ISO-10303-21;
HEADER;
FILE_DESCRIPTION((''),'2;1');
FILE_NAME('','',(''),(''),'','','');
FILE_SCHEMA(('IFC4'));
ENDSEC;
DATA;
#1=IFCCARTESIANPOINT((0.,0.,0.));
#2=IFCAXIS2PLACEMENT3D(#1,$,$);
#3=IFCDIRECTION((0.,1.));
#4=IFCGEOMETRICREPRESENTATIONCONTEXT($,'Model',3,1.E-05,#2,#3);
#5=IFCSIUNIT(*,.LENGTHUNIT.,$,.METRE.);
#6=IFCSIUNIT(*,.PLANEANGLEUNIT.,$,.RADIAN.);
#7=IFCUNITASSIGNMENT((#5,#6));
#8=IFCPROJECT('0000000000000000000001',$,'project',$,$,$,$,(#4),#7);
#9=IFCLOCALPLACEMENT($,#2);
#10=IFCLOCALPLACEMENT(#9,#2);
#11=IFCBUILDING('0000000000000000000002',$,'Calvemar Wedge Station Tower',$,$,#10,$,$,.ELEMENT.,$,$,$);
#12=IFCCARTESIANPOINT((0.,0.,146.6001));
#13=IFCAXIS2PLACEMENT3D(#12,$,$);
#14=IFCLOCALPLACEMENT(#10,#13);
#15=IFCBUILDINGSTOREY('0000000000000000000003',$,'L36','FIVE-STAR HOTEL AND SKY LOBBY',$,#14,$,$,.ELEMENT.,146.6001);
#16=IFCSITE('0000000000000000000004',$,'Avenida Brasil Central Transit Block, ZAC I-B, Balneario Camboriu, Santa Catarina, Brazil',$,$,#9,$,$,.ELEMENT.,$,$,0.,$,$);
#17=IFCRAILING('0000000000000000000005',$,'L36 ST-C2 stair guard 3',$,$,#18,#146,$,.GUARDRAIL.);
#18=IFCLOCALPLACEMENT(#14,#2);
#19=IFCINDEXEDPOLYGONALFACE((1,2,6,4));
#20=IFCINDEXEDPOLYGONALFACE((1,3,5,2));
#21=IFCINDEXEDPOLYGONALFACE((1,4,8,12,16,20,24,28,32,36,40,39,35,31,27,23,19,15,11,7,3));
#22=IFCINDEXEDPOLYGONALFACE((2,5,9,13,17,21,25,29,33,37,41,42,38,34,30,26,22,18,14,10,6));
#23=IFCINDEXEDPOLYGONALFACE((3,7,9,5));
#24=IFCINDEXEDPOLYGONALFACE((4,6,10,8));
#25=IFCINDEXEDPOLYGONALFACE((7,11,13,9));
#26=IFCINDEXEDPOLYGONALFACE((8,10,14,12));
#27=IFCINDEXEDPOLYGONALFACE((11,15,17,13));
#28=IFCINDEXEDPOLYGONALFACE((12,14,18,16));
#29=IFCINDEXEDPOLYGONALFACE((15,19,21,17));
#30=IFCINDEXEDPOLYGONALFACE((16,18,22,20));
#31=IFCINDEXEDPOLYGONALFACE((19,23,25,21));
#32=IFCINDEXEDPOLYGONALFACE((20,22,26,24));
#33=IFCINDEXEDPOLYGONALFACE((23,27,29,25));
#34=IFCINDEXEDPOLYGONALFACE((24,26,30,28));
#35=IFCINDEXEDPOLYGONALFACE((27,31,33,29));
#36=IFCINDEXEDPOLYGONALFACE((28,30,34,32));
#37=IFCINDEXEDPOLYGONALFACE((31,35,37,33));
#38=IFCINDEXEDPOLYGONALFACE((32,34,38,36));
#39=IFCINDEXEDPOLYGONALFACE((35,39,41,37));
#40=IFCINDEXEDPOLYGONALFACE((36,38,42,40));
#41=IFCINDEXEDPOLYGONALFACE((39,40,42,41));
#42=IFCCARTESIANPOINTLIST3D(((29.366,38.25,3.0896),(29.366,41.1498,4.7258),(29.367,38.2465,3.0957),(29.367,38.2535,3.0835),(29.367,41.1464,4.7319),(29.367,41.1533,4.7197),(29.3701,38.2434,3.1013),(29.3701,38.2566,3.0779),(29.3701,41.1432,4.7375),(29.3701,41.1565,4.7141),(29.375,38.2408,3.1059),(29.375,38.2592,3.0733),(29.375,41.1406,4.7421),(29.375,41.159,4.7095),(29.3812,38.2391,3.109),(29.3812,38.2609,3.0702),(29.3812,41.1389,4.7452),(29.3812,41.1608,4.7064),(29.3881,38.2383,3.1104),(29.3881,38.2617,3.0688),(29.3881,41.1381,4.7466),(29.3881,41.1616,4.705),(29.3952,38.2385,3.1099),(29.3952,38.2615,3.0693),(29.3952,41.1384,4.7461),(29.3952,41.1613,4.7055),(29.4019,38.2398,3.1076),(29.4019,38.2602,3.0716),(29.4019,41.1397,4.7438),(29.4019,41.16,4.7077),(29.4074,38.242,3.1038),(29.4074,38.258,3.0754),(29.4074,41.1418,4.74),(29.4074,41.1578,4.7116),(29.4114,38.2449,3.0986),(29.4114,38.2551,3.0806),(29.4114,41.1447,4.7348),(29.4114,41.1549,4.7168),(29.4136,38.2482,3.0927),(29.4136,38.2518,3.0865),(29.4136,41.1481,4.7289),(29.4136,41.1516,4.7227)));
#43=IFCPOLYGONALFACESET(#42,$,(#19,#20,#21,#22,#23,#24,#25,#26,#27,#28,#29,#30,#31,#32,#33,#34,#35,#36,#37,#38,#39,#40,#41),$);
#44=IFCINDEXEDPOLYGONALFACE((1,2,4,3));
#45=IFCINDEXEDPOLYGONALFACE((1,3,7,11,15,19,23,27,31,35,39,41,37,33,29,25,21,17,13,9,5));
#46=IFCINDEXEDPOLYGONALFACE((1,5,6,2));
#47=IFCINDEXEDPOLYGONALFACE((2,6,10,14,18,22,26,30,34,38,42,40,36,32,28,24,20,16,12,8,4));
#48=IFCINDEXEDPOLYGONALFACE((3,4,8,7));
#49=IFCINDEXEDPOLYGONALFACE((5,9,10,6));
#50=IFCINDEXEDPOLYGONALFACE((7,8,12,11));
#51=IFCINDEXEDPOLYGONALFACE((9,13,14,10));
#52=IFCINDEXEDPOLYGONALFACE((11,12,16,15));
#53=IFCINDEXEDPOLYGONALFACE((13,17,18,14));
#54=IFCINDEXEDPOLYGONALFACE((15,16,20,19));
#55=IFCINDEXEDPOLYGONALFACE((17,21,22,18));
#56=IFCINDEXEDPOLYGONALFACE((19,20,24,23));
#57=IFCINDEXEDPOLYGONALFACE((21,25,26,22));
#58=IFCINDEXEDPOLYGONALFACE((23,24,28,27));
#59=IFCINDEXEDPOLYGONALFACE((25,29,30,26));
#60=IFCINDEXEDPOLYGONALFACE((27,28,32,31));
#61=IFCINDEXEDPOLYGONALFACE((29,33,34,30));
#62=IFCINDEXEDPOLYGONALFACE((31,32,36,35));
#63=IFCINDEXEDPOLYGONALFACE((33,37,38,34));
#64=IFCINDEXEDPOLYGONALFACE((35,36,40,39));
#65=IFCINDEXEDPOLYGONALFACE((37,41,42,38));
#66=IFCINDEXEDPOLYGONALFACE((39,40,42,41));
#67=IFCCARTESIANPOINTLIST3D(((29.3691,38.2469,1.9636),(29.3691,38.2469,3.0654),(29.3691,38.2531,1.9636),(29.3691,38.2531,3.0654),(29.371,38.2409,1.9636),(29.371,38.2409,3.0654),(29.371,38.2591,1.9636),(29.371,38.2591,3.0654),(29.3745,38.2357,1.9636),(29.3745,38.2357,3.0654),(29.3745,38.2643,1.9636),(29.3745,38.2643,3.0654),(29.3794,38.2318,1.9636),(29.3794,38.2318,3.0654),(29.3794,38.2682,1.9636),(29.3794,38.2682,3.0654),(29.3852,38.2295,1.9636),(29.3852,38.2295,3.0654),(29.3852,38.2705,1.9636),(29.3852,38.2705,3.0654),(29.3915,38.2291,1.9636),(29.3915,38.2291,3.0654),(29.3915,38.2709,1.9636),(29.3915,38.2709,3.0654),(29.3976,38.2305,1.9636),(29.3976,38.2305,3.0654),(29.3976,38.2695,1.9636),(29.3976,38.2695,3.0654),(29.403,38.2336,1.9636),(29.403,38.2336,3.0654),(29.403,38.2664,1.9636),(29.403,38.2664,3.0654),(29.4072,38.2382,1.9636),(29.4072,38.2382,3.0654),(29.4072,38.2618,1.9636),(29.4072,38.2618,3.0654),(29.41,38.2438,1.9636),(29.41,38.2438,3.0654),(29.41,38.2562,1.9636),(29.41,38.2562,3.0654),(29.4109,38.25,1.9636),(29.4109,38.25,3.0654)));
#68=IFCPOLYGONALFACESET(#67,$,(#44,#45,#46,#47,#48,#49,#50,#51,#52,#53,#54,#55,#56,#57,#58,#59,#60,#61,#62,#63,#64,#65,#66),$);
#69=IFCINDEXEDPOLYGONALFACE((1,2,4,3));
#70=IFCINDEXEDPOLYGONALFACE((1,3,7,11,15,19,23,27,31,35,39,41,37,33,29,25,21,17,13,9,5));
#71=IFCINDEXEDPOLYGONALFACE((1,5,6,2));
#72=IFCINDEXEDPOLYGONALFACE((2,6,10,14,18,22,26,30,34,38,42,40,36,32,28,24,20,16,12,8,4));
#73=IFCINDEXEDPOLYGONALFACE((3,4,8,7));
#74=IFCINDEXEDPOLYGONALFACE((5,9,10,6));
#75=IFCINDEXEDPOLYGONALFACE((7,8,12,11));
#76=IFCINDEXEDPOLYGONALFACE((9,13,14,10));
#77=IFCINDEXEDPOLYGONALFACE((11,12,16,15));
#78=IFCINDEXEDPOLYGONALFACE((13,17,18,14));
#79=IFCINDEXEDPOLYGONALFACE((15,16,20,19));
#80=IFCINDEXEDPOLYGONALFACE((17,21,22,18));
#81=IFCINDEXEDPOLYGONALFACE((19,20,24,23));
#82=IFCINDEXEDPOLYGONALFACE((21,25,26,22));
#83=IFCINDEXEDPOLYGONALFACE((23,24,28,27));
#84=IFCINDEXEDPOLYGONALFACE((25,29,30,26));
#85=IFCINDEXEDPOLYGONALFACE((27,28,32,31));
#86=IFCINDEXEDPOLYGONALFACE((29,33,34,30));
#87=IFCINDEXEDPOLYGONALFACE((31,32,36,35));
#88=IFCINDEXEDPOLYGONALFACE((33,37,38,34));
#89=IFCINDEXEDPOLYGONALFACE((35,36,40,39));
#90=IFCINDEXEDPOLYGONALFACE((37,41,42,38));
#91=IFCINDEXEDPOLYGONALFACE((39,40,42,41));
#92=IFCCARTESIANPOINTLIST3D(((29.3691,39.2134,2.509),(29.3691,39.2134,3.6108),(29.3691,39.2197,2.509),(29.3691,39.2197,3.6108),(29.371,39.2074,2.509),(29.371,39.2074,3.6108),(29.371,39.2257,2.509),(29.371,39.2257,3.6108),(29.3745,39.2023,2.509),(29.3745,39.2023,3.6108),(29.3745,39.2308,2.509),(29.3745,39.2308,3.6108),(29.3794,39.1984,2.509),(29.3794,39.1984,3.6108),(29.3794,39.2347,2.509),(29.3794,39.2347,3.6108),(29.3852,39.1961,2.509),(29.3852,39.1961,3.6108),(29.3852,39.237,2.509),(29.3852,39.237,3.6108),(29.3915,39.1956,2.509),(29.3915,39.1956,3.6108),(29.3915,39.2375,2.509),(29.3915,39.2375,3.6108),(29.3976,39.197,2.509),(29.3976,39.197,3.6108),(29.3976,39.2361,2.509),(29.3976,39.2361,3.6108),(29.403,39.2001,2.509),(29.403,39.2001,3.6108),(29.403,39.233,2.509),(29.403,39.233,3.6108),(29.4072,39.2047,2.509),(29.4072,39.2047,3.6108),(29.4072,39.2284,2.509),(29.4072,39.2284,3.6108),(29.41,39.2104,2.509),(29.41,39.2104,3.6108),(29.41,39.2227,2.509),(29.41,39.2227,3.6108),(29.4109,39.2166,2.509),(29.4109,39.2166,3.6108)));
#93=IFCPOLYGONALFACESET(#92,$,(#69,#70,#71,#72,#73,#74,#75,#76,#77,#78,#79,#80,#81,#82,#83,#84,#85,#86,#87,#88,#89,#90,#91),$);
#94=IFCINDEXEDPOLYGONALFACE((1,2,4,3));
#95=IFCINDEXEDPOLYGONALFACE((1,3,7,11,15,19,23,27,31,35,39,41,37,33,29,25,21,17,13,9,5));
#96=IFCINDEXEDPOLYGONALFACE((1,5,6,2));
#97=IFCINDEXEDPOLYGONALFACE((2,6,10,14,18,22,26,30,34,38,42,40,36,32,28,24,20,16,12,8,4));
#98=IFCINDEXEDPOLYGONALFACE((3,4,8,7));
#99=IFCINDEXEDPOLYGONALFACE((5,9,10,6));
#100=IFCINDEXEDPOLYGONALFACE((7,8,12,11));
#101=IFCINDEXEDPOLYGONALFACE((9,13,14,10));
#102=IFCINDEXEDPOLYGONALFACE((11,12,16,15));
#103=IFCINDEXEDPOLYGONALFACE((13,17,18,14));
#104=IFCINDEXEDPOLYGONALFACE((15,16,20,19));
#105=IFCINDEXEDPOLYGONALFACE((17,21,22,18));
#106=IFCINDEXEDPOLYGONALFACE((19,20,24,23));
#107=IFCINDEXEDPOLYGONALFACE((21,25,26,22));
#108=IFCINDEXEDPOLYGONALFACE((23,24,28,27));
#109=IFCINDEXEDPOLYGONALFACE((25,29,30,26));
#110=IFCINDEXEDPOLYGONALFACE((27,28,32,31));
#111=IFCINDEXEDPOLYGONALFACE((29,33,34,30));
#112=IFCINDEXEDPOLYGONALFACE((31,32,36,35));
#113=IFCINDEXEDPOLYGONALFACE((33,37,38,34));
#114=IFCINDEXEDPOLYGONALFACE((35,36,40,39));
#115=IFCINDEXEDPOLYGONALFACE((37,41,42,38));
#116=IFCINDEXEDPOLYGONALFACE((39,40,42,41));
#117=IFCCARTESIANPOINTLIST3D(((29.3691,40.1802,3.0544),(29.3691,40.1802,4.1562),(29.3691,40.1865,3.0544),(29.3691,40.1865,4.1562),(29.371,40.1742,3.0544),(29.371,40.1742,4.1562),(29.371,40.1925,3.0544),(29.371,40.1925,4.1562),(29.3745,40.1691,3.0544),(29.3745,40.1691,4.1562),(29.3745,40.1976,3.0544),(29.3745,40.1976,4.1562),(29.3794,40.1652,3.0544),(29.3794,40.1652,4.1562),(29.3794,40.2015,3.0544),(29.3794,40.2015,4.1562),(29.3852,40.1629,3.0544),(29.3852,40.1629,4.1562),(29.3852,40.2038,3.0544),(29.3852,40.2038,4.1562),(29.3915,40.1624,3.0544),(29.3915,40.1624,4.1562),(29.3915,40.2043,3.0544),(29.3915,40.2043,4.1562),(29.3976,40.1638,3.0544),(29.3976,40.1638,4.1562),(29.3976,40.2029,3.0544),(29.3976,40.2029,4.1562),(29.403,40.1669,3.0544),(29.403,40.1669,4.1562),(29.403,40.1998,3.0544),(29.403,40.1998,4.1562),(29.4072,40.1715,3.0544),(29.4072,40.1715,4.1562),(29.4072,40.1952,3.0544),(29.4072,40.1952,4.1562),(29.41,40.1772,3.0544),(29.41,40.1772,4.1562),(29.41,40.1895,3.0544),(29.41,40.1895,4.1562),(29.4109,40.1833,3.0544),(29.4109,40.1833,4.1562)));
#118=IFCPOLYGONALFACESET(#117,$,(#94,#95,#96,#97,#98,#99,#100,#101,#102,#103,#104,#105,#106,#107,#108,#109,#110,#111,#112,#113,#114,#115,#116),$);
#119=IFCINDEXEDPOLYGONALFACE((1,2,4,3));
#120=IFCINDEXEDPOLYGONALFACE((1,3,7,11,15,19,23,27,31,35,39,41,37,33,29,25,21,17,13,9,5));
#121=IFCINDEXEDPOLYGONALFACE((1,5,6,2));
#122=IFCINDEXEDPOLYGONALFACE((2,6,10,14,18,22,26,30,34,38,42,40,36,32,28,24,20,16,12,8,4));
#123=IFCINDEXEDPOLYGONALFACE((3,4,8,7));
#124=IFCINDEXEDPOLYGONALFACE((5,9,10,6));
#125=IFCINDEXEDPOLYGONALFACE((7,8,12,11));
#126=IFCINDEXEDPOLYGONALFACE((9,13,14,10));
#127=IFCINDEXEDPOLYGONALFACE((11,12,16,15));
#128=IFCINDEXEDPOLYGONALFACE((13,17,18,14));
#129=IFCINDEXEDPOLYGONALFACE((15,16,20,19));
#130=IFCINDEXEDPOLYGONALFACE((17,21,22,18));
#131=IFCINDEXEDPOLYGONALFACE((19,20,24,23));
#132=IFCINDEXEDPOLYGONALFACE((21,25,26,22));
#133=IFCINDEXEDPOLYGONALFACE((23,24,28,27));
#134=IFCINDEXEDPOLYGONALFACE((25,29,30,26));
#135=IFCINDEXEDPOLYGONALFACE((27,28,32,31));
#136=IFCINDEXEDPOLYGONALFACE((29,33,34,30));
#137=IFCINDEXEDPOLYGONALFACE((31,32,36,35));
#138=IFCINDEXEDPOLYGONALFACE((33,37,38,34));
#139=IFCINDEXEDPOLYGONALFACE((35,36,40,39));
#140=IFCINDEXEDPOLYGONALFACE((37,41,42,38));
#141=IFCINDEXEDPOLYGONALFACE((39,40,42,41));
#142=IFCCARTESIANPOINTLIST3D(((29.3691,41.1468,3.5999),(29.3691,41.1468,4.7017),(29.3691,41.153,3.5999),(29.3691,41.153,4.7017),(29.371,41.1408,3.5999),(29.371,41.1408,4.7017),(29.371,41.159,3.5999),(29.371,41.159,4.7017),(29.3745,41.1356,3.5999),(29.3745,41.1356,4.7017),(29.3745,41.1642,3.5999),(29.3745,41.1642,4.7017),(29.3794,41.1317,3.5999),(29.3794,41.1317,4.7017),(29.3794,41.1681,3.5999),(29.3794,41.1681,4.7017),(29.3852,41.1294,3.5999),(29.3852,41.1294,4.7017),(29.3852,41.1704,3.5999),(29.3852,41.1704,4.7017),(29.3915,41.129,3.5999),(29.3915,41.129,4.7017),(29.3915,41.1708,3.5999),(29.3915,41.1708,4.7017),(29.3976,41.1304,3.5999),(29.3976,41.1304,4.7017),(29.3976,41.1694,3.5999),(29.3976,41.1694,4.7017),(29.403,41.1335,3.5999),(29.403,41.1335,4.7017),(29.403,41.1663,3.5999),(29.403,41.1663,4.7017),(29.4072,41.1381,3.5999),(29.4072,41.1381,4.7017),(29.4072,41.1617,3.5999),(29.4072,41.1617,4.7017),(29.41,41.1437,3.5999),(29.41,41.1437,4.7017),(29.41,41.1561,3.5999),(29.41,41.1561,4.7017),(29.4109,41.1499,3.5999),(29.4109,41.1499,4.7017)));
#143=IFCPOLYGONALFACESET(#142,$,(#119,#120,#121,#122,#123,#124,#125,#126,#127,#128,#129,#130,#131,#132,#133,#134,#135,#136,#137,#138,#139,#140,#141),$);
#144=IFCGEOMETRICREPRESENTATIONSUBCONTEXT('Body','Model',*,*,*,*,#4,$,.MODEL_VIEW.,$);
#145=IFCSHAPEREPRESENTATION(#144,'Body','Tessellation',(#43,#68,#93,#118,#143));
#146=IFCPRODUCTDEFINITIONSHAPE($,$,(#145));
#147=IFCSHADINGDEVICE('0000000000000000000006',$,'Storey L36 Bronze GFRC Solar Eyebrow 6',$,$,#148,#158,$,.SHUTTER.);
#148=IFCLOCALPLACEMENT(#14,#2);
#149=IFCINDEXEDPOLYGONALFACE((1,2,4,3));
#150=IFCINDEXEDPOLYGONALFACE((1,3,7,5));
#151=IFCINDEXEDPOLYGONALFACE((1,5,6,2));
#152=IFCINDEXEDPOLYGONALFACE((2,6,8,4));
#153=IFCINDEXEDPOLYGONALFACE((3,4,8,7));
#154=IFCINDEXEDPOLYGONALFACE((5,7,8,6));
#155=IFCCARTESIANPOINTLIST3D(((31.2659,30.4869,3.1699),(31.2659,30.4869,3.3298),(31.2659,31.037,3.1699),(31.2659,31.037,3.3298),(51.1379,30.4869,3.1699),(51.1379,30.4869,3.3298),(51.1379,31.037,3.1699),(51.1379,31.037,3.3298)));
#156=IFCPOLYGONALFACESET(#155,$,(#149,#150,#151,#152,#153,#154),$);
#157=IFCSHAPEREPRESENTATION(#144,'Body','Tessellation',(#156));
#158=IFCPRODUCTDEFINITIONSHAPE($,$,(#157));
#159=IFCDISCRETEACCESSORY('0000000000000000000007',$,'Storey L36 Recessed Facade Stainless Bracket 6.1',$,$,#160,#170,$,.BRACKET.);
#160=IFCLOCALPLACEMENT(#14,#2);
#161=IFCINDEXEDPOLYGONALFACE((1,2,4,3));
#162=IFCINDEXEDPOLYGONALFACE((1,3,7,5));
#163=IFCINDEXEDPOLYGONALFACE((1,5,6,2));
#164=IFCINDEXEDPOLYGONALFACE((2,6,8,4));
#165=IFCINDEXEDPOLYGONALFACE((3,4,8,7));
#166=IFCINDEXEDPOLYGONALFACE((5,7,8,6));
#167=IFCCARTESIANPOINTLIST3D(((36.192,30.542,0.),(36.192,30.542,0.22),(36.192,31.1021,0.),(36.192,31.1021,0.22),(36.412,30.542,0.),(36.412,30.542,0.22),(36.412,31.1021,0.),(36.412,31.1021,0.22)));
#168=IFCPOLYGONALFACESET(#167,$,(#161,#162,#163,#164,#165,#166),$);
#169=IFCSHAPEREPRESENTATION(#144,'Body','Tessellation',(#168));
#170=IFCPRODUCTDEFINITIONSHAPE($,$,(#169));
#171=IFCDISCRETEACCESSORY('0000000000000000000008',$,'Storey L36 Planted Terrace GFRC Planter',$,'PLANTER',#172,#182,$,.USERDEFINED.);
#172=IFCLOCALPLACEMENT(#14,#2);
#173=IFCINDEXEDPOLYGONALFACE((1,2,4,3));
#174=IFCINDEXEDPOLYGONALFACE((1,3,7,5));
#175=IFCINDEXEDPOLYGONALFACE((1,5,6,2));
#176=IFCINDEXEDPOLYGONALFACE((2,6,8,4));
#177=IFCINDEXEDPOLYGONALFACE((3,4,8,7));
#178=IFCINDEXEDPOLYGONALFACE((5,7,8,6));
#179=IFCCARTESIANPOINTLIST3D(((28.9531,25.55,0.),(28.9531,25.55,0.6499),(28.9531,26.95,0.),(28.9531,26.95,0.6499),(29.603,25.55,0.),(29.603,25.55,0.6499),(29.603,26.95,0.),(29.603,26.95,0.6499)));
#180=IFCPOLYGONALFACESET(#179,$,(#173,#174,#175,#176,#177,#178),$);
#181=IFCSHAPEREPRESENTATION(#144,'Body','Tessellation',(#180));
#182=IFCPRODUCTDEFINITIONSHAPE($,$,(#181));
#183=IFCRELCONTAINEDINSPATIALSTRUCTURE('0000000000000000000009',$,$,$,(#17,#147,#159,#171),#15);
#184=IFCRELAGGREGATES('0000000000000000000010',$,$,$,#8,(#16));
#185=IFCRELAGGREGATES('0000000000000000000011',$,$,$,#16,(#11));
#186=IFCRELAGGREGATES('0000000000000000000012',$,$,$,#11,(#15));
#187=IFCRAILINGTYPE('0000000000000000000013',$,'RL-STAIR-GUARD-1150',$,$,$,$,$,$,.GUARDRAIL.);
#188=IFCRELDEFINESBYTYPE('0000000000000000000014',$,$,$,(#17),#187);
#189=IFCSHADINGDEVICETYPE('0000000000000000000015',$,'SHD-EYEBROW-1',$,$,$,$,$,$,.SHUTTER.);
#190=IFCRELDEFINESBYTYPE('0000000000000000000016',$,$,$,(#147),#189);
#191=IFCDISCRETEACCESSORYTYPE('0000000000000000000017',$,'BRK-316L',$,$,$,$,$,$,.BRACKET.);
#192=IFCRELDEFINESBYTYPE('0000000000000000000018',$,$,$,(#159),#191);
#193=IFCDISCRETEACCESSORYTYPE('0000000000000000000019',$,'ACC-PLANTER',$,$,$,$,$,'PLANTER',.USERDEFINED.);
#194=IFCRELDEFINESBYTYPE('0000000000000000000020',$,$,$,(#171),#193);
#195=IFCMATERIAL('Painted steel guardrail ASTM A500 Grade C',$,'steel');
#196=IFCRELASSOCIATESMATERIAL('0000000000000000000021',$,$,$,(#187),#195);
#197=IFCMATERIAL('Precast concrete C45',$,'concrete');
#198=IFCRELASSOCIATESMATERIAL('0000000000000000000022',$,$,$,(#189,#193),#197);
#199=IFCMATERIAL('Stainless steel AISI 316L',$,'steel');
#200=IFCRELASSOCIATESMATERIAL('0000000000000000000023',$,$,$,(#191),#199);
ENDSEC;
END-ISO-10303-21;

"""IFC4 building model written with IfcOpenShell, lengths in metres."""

from ifc_helpers import new_model, si_unit, direction, frame, frame_2d, origin, origin_2d, place, context, subcontext, project, spatial, rectangle, circle, extrude, source, transform, mapped, material, type_object, element, save


model = new_model("IFC4")

# Units and contexts
model_context = context("Model", 3, precision=1e-05, world=origin(), true_north=direction((0.0, 1.0)))
body_context = subcontext(model_context, "Body", "Model", "MODEL_VIEW")
ifc_project = project(units=[si_unit("LENGTHUNIT", "METRE"), si_unit("PLANEANGLEUNIT", "RADIAN")], contexts=[model_context])

# Site, building, storey
site_placement = place(None, origin())
site = spatial("IfcSite", under=ifc_project, at=site_placement, Name="Avenida Brasil Central Transit Block, ZAC I-B, Balneario Camboriu, Santa Catarina, Brazil", CompositionType="ELEMENT", RefElevation=0.0)
building_placement = place(site_placement, origin())
building = spatial("IfcBuilding", under=site, at=building_placement, Name="Calvemar Wedge Station Tower", CompositionType="ELEMENT")
storey_placement = place(building_placement, frame((0.0, 0.0, 146.6001)))
storey = spatial("IfcBuildingStorey", under=building, at=storey_placement, Name="L36", Description="FIVE-STAR HOTEL AND SKY LOBBY", CompositionType="ELEMENT", Elevation=146.6001)

# Shared definitions
ifc_material_1 = material(Name="Precast concrete C45", Category="concrete")

# Railing
ifc_material_2 = material(Name="Stainless steel AISI 316L", Category="steel")
ifc_material_3 = material(Name="Painted steel guardrail ASTM A500 Grade C", Category="steel")
railing_type_1 = type_object("IfcRailingType", Name="RL-STAIR-GUARD-1150", PredefinedType="GUARDRAIL", material=ifc_material_3)
railing_1_placement = place(storey_placement, frame((29.3899, 38.25, 1.9636)))
element("IfcRailing", 1, at=railing_1_placement, inside=storey, type_object=railing_type_1, Name="L36 ST-C2 stair guard 3", PredefinedType="GUARDRAIL", context=body_context, shape_type="SweptSolid", body=[
    extrude(circle(Radius=0.0239, at=origin_2d()), frame((0.0, 0.0, 1.126), z_axis=(0.0, 0.870929, 0.49141), x_axis=(-1.0, 0.0, 0.0)), (0.0, 0.0, 1.0), 3.3296),
    extrude(circle(Radius=0.021, at=origin_2d()), origin(), (0.0, 0.0, 1.0), 1.1018),
    extrude(circle(Radius=0.021, at=origin_2d()), frame((0.0, 0.9666, 0.5454)), (0.0, 0.0, 1.0), 1.1018),
    extrude(circle(Radius=0.021, at=origin_2d()), frame((0.0, 1.9333, 1.0908)), (0.0, 0.0, 1.0), 1.1018),
    extrude(circle(Radius=0.021, at=origin_2d()), frame((0.0, 2.8999, 1.6362)), (0.0, 0.0, 1.0), 1.1018),
])

# Shading device
shading_device_type = type_object("IfcShadingDeviceType", Name="SHD-EYEBROW-1", PredefinedType="SHUTTER", material=ifc_material_1)
shading_device_placement = place(storey_placement, frame((31.2659, 30.762, 3.1699), z_axis=(0.0, 0.0, 1.0), x_axis=(1.0, 0.0, 0.0)))
element("IfcShadingDevice", 2, at=shading_device_placement, inside=storey, type_object=shading_device_type, Name="Storey L36 Bronze GFRC Solar Eyebrow 6", PredefinedType="SHUTTER", context=body_context, shape_type="SweptSolid", body=[
    extrude(rectangle(XDim=19.8721, YDim=0.55, at=frame_2d((9.936, 0.0))), origin(), (0.0, 0.0, 1.0), 0.1599),
])

# Discrete accessories
discrete_accessory_type_1 = type_object("IfcDiscreteAccessoryType", Name="BRK-316L", PredefinedType="BRACKET", material=ifc_material_2)
shared_shape_1 = source(origin(), body_context, "Body", "SweptSolid", [
    extrude(rectangle(XDim=0.22, YDim=0.5601, at=origin_2d()), origin(), (0.0, 0.0, 1.0), 0.22),
])
discrete_accessory_1_placement = place(storey_placement, frame((36.302, 30.822, 0.0), z_axis=(0.0, 0.0, 1.0), x_axis=(1.0, 0.0, 0.0)))
element("IfcDiscreteAccessory", 3, at=discrete_accessory_1_placement, inside=storey, type_object=discrete_accessory_type_1, Name="Storey L36 Recessed Facade Stainless Bracket 6.1", PredefinedType="BRACKET", context=body_context, shape_type="MappedRepresentation", body=[
    mapped(shared_shape_1, transform((0.0, 0.0, 0.0), scale=1.0)),
])
discrete_accessory_type_2 = type_object("IfcDiscreteAccessoryType", Name="ACC-PLANTER", ElementType="PLANTER", PredefinedType="USERDEFINED", material=ifc_material_1)
shared_shape_2 = source(origin(), body_context, "Body", "SweptSolid", [
    extrude(rectangle(XDim=0.6499, YDim=1.3999, at=origin_2d()), origin(), (0.0, 0.0, 1.0), 0.6499),
])
discrete_accessory_2_placement = place(storey_placement, frame((29.2781, 26.25, 0.0), z_axis=(0.0, 0.0, 1.0), x_axis=(1.0, 0.0, 0.0)))
element("IfcDiscreteAccessory", 4, at=discrete_accessory_2_placement, inside=storey, type_object=discrete_accessory_type_2, Name="Storey L36 Planted Terrace GFRC Planter", ObjectType="PLANTER", PredefinedType="USERDEFINED", context=body_context, shape_type="MappedRepresentation", body=[
    mapped(shared_shape_2, transform((0.0, 0.0, 0.0), scale=1.0)),
])

save(model, "model.ifc")
